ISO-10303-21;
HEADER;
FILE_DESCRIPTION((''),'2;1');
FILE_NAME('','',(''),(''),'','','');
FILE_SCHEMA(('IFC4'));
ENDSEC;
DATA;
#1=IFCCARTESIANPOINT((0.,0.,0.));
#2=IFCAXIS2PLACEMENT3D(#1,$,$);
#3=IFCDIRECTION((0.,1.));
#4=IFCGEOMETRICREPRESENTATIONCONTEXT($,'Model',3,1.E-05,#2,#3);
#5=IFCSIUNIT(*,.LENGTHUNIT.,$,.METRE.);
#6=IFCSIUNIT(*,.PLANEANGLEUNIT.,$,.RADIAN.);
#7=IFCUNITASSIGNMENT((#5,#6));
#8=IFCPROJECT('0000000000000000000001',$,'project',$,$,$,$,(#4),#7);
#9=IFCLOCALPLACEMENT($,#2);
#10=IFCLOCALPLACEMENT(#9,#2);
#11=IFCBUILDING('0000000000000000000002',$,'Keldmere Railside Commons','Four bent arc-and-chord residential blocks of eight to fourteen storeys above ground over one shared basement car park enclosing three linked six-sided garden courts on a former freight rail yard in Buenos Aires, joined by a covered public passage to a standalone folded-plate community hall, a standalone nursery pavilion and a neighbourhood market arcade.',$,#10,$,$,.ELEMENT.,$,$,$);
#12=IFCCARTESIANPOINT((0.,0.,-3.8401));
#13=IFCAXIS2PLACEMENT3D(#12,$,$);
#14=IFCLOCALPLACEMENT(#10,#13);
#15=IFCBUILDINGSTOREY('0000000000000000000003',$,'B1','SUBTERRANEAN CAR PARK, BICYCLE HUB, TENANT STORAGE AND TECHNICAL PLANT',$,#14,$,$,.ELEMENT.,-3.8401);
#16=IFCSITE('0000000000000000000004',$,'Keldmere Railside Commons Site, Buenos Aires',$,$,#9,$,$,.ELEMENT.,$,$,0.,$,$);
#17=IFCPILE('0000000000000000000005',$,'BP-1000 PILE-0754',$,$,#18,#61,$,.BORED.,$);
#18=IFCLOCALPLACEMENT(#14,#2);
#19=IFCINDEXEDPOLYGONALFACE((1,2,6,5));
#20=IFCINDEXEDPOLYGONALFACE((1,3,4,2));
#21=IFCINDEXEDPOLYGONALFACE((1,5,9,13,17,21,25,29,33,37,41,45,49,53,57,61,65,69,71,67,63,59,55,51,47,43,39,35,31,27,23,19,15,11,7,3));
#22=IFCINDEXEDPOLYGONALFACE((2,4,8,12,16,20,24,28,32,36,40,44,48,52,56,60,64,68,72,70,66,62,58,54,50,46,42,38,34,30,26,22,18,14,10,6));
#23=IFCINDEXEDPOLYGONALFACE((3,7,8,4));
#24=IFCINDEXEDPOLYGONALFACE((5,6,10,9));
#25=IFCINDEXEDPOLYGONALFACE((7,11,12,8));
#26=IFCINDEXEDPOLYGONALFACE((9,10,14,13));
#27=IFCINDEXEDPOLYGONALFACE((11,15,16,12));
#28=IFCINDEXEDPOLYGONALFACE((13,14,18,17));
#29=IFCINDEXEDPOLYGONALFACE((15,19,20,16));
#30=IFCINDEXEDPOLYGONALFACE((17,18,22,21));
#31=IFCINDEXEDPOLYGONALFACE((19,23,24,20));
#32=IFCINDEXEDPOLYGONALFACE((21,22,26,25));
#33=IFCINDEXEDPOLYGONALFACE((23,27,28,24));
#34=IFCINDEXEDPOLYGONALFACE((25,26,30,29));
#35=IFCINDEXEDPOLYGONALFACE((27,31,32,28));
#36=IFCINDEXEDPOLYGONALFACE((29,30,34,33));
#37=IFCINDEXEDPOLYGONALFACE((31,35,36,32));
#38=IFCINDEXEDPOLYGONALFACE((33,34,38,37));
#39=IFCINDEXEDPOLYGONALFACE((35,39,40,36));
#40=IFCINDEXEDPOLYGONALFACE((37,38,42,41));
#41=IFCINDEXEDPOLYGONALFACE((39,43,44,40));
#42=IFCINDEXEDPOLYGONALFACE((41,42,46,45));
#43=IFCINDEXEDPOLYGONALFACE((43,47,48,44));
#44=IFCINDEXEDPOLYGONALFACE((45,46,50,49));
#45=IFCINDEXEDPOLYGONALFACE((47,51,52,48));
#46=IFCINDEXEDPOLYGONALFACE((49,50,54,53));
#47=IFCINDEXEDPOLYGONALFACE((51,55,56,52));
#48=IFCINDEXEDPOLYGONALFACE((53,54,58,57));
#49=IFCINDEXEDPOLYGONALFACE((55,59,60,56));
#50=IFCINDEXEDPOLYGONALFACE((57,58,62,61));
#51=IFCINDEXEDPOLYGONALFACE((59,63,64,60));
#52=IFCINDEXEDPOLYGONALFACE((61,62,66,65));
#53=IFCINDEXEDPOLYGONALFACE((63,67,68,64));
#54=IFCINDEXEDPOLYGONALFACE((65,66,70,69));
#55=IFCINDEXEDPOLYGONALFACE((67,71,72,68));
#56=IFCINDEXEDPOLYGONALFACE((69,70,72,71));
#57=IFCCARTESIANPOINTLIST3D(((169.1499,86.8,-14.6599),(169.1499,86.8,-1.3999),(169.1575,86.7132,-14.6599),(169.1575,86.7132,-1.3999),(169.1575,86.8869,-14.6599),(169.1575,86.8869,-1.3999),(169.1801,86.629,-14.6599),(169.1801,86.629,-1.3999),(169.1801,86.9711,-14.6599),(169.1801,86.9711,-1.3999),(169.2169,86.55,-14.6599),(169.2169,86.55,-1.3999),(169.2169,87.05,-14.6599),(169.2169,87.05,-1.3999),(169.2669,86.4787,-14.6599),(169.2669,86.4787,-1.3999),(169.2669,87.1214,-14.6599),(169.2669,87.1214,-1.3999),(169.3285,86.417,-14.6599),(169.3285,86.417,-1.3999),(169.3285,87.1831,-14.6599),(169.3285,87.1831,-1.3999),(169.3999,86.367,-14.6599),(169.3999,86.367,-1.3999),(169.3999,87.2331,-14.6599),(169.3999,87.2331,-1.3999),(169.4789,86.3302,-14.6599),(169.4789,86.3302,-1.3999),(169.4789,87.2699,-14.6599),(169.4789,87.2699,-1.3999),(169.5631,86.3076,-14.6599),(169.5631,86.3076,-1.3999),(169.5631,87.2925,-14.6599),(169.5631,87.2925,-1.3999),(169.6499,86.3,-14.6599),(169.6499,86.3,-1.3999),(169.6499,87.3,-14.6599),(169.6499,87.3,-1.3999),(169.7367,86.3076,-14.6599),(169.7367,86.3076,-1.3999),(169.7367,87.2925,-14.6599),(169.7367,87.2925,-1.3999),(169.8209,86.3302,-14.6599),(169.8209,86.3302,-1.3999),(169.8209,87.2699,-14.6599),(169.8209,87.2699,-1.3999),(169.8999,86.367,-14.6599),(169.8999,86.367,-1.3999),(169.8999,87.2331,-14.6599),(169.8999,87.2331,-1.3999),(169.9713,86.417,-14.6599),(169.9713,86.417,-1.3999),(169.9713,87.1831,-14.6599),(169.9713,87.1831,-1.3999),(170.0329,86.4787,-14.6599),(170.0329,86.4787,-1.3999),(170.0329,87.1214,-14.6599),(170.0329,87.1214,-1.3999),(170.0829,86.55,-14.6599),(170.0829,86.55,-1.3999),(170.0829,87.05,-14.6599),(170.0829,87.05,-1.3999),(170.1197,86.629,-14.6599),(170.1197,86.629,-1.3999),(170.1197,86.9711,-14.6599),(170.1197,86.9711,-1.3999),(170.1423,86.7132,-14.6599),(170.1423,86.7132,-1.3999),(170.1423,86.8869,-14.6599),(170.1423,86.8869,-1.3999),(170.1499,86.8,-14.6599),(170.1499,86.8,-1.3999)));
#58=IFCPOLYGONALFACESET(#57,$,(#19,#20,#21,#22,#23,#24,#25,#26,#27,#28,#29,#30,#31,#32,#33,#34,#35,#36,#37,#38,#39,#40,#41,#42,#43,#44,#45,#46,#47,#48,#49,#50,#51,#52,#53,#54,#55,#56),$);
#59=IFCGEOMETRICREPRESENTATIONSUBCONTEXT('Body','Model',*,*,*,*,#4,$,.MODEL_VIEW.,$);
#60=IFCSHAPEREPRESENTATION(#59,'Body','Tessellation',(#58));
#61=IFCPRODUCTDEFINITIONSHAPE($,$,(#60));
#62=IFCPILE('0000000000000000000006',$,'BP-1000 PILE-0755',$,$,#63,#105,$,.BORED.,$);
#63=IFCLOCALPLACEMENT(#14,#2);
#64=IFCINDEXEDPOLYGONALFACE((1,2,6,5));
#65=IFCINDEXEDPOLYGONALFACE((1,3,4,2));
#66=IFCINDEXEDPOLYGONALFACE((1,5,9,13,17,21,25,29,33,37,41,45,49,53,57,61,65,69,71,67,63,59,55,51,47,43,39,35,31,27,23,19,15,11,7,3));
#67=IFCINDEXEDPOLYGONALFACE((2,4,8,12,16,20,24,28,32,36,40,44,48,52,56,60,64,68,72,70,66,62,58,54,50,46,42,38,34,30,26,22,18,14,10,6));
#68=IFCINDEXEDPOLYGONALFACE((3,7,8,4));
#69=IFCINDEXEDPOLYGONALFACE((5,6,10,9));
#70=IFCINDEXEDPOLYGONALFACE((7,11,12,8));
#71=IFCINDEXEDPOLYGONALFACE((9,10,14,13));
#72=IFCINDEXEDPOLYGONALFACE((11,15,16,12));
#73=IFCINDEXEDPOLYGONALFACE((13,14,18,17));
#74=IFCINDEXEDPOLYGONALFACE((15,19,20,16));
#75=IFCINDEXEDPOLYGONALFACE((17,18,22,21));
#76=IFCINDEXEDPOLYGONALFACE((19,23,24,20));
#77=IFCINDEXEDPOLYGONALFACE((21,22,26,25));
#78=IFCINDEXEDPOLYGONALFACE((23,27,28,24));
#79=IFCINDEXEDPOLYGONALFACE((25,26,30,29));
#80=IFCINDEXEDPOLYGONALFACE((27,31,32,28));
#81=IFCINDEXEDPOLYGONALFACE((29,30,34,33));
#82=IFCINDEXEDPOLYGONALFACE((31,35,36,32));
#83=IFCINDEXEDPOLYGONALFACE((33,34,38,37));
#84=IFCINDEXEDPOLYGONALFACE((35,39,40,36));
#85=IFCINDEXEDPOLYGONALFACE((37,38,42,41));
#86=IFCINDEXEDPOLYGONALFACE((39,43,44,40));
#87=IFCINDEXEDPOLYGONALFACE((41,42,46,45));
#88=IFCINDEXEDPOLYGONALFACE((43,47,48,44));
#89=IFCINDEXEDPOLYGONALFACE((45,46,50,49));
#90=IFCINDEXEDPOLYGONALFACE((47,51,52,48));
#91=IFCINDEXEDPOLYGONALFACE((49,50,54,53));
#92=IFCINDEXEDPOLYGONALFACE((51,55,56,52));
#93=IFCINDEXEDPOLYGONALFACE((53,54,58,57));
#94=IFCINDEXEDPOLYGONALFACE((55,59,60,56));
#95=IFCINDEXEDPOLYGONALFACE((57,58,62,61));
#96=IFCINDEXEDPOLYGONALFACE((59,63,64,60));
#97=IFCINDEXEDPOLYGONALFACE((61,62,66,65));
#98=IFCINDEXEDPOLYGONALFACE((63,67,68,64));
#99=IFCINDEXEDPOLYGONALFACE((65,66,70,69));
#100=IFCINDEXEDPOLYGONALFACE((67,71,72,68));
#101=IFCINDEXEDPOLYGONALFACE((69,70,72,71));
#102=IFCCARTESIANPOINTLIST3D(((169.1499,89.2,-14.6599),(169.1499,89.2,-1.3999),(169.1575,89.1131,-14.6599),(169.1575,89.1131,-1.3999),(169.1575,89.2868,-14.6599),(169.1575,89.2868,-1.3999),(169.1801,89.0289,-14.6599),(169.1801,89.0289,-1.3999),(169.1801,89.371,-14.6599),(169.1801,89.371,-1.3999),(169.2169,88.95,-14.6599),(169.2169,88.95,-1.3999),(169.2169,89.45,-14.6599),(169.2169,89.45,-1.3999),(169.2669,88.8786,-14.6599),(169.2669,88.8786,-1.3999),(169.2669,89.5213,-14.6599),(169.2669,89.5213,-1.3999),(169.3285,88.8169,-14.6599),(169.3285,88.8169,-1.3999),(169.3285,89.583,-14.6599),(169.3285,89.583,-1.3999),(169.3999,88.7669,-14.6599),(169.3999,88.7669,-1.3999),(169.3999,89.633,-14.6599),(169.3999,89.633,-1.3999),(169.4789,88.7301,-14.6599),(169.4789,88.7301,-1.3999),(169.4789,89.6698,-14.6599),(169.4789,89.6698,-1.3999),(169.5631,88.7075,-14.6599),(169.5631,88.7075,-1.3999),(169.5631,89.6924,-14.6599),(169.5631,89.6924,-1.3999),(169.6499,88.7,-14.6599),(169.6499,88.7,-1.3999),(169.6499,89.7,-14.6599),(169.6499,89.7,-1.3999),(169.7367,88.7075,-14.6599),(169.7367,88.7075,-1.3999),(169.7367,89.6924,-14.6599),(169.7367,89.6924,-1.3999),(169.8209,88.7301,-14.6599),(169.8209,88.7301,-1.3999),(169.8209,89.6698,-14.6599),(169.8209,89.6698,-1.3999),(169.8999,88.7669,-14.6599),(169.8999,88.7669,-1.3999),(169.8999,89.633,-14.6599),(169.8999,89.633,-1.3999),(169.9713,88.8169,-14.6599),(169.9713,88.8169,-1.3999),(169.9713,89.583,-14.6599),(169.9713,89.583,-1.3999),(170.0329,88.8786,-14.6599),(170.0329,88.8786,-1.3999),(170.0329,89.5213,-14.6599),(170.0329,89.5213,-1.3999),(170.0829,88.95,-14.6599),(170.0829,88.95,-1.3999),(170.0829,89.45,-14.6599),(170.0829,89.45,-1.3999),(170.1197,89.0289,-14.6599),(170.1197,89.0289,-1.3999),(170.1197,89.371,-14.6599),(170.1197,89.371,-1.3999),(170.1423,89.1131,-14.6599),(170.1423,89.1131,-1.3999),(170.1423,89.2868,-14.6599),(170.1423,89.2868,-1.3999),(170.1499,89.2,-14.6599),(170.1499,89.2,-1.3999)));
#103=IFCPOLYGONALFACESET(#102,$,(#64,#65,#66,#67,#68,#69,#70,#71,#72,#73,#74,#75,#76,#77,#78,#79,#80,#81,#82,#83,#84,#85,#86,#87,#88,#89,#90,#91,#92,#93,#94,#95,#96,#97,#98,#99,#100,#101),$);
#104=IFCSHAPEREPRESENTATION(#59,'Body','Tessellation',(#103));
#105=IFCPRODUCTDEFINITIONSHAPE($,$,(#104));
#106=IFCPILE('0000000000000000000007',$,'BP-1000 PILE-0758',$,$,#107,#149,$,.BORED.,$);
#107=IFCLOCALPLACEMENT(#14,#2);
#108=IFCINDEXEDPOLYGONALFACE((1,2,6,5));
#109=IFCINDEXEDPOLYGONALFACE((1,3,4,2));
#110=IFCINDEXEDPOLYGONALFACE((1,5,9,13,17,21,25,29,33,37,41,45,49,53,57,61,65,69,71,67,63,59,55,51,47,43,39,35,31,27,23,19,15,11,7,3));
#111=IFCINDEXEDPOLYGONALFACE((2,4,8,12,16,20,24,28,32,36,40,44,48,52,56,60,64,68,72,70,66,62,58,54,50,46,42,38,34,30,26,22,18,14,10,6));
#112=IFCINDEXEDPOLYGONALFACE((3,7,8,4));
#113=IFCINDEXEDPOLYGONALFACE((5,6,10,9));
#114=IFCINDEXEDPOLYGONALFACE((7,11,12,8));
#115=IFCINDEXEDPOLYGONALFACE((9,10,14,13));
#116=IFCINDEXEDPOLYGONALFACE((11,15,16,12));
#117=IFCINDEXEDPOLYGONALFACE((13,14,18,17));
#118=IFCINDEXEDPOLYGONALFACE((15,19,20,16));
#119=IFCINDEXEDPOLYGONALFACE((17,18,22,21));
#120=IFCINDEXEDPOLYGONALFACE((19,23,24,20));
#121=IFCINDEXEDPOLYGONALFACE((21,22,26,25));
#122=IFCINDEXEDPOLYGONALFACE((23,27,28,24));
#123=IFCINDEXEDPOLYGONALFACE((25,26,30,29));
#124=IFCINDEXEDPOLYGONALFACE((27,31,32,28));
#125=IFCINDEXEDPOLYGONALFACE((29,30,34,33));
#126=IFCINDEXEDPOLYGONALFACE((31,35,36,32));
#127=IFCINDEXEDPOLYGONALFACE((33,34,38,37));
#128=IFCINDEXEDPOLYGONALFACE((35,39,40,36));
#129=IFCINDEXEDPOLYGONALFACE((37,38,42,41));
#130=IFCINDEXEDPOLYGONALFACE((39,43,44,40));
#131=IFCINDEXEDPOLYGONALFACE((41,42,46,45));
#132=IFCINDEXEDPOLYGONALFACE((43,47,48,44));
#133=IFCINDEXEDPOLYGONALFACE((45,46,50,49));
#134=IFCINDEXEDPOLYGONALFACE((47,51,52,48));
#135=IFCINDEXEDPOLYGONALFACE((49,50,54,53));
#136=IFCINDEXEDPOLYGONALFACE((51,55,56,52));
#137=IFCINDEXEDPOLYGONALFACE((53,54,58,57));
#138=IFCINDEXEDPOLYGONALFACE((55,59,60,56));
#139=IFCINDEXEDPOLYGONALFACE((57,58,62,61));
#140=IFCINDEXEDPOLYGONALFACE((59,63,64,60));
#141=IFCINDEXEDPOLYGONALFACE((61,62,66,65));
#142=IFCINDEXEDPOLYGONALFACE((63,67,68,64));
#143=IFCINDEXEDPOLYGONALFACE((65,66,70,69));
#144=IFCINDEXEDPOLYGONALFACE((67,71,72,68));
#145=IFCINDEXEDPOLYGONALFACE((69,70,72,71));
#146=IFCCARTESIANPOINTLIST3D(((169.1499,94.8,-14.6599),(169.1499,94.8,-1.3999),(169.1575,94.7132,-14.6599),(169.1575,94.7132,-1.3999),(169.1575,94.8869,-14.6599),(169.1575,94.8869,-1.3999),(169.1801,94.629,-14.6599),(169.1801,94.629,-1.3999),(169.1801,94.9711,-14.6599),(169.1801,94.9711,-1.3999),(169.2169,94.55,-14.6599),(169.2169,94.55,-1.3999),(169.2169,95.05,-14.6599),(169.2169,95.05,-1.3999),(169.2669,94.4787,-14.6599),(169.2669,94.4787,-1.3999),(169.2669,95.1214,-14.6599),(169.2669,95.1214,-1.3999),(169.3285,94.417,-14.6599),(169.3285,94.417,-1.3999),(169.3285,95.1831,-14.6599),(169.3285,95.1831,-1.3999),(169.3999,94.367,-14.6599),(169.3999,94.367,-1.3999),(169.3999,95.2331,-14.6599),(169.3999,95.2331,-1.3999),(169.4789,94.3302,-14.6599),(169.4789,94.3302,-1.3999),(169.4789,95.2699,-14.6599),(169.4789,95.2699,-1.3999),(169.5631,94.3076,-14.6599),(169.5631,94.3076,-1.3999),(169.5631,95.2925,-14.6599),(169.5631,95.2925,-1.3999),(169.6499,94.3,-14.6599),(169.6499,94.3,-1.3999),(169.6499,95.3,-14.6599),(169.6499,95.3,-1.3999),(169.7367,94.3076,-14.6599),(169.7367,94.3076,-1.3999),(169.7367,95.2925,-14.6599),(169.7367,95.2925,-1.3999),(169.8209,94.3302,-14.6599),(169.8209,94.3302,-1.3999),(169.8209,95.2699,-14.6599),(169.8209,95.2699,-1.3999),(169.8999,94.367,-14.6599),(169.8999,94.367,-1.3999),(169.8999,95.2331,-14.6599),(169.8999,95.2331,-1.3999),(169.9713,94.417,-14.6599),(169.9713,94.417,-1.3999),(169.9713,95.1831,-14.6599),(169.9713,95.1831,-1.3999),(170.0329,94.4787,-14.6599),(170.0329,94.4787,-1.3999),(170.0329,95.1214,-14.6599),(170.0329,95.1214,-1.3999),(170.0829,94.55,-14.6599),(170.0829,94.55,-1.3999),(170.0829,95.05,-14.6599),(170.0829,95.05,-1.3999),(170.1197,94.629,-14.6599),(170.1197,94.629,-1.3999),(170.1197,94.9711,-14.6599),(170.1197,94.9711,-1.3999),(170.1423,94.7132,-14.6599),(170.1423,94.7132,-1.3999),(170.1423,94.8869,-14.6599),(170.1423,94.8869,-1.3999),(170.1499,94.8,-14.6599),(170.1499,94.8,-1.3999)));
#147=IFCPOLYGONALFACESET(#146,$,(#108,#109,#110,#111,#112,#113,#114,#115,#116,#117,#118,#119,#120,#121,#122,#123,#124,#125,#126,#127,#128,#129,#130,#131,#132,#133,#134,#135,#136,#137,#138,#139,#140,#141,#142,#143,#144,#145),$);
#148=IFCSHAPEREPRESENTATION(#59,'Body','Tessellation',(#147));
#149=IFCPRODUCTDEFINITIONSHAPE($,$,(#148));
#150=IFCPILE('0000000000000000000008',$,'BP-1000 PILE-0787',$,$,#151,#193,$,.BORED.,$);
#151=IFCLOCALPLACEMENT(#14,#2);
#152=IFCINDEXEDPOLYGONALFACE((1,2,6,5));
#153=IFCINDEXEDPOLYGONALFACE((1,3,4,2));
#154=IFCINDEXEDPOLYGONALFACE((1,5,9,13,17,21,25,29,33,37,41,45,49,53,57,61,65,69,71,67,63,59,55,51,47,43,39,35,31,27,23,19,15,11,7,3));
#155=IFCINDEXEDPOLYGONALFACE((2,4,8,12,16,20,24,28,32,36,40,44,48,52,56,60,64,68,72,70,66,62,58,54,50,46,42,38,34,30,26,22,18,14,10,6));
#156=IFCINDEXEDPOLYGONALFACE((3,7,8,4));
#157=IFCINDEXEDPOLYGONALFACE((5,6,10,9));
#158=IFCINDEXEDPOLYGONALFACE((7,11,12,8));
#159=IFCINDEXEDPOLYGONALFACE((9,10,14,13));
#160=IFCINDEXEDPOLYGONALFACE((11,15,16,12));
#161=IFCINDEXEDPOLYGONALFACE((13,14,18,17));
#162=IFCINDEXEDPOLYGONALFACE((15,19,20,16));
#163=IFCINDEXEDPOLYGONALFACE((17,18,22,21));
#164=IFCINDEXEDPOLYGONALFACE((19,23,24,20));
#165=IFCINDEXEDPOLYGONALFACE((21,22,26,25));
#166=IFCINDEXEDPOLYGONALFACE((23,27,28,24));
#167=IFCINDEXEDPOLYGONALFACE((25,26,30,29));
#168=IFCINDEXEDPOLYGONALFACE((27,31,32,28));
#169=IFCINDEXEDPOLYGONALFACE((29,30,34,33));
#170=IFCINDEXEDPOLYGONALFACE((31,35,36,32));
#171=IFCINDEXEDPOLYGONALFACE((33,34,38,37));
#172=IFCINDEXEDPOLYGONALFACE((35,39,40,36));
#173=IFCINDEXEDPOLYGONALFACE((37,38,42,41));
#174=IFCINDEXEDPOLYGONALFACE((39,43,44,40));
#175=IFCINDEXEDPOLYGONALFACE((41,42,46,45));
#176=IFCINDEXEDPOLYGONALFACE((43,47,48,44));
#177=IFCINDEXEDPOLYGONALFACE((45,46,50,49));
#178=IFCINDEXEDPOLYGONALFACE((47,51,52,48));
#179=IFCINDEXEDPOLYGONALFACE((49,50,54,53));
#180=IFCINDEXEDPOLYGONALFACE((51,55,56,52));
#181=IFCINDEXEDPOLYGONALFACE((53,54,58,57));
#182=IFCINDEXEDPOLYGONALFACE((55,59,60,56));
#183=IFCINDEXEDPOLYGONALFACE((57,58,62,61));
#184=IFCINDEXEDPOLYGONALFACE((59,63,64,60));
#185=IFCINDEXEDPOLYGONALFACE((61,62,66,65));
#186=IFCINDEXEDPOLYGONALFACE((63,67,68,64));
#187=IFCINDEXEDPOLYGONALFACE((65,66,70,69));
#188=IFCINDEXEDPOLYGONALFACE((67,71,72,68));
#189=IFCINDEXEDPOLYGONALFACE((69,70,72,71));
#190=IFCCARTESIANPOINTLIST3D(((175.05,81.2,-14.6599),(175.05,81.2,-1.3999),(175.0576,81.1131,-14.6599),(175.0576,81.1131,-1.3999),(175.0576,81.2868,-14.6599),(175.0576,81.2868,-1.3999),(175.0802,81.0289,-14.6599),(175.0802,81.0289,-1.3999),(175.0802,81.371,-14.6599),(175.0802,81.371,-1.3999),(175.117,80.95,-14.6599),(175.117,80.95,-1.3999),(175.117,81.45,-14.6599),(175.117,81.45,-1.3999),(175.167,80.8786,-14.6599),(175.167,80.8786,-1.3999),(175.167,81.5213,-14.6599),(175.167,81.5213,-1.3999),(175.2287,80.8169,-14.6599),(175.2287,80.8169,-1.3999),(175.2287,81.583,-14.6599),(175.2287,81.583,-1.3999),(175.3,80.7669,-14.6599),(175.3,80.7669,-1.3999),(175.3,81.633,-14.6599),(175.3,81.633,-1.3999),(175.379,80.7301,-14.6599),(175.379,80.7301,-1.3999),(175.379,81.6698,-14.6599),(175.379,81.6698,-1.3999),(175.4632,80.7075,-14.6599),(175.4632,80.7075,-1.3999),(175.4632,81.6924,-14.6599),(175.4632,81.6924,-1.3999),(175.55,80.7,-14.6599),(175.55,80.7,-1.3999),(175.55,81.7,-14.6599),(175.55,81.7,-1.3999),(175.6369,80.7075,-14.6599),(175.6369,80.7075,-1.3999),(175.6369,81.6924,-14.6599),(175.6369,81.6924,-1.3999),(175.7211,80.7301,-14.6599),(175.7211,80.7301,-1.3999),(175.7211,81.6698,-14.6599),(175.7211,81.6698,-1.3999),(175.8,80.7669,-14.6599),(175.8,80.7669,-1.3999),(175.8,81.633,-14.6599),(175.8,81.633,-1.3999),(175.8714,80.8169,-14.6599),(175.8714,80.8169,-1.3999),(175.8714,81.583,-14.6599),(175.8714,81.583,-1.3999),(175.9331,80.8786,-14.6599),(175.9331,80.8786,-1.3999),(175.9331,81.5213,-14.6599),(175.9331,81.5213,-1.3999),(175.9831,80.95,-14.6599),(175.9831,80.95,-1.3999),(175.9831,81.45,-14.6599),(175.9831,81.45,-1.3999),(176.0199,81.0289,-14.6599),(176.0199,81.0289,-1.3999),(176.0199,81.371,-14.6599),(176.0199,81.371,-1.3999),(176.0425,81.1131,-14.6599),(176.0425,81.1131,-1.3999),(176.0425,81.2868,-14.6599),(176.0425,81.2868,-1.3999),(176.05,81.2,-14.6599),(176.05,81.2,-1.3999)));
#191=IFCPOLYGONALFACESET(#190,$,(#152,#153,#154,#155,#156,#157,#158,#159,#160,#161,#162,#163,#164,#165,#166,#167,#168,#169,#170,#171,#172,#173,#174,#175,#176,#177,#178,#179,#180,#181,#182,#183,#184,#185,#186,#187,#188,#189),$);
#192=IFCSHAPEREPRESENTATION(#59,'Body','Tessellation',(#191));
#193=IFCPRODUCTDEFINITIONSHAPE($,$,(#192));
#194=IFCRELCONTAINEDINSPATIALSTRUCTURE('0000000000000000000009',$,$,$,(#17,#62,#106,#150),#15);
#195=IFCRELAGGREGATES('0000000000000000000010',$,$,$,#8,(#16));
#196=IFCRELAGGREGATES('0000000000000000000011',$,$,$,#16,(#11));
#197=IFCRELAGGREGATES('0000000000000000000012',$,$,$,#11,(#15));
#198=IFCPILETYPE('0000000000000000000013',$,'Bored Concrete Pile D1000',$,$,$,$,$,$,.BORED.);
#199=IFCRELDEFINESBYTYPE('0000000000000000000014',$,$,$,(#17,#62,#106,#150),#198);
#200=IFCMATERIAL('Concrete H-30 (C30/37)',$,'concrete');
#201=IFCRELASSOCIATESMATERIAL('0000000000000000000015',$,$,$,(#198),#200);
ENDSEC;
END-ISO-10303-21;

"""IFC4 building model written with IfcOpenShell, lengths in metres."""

from ifc_helpers import new_model, si_unit, direction, frame, origin, origin_2d, place, context, subcontext, project, spatial, circle, extrude, material, material_profile, profile_set, type_object, element, save


model = new_model("IFC4")

# Units and contexts
model_context = context("Model", 3, precision=1e-05, world=origin(), true_north=direction((0.0, 1.0)))
body_context = subcontext(model_context, "Body", "Model", "MODEL_VIEW")
ifc_project = project(units=[si_unit("LENGTHUNIT", "METRE"), si_unit("PLANEANGLEUNIT", "RADIAN")], contexts=[model_context])

# Site, building, storey
site_placement = place(None, origin())
site = spatial("IfcSite", under=ifc_project, at=site_placement, Name="Keldmere Railside Commons Site, Buenos Aires", CompositionType="ELEMENT", RefElevation=0.0)
building_placement = place(site_placement, origin())
building = spatial("IfcBuilding", under=site, at=building_placement, Name="Keldmere Railside Commons", Description="Four bent arc-and-chord residential blocks of eight to fourteen storeys above ground over one shared basement car park enclosing three linked six-sided garden courts on a former freight rail yard in Buenos Aires, joined by a covered public passage to a standalone folded-plate community hall, a standalone nursery pavilion and a neighbourhood market arcade.", CompositionType="ELEMENT")
storey_placement = place(building_placement, frame((0.0, 0.0, -3.8401)))
storey = spatial("IfcBuildingStorey", under=building, at=storey_placement, Name="B1", Description="SUBTERRANEAN CAR PARK, BICYCLE HUB, TENANT STORAGE AND TECHNICAL PLANT", CompositionType="ELEMENT", Elevation=-3.8401)

# Piles
ifc_material_1 = material(Name="Concrete H-30 (C30/37)", Category="concrete")
ifc_material_profile_1 = material_profile(ifc_material_1, circle(Radius=0.5, at=origin_2d()), Name="PILE-D1000")
ifc_profile_set_1 = profile_set([ifc_material_profile_1], Name="Concrete H-30 (C30/37)")
pile_type = type_object("IfcPileType", Name="Bored Concrete Pile D1000", PredefinedType="BORED", material=ifc_profile_set_1)
for number, where, z_axis, x_axis, name in (
    (1, (169.6499, 86.8, -1.3999), (0.0, 0.0, -1.0), (1.0, 0.0, 0.0), "BP-1000 PILE-0754"),
    (2, (169.6499, 89.2, -1.3999), (0.0, 0.0, -1.0), (1.0, 0.0, 0.0), "BP-1000 PILE-0755"),
    (3, (169.6499, 94.8, -1.3999), (0.0, 0.0, -1.0), (1.0, 0.0, 0.0), "BP-1000 PILE-0758"),
    (4, (175.55, 81.2, -1.3999), (0.0, 0.0, -1.0), (1.0, 0.0, 0.0), "BP-1000 PILE-0787"),
):
    element("IfcPile", number, at=place(storey_placement, frame(where, z_axis=z_axis, x_axis=x_axis)), inside=storey, type_object=pile_type, Name=name, PredefinedType="BORED", context=body_context, shape_type="SweptSolid", body=[
        extrude(circle(Radius=0.5, at=origin_2d()), origin(), (0.0, 0.0, 1.0), 13.26),
    ])

save(model, "model.ifc")
